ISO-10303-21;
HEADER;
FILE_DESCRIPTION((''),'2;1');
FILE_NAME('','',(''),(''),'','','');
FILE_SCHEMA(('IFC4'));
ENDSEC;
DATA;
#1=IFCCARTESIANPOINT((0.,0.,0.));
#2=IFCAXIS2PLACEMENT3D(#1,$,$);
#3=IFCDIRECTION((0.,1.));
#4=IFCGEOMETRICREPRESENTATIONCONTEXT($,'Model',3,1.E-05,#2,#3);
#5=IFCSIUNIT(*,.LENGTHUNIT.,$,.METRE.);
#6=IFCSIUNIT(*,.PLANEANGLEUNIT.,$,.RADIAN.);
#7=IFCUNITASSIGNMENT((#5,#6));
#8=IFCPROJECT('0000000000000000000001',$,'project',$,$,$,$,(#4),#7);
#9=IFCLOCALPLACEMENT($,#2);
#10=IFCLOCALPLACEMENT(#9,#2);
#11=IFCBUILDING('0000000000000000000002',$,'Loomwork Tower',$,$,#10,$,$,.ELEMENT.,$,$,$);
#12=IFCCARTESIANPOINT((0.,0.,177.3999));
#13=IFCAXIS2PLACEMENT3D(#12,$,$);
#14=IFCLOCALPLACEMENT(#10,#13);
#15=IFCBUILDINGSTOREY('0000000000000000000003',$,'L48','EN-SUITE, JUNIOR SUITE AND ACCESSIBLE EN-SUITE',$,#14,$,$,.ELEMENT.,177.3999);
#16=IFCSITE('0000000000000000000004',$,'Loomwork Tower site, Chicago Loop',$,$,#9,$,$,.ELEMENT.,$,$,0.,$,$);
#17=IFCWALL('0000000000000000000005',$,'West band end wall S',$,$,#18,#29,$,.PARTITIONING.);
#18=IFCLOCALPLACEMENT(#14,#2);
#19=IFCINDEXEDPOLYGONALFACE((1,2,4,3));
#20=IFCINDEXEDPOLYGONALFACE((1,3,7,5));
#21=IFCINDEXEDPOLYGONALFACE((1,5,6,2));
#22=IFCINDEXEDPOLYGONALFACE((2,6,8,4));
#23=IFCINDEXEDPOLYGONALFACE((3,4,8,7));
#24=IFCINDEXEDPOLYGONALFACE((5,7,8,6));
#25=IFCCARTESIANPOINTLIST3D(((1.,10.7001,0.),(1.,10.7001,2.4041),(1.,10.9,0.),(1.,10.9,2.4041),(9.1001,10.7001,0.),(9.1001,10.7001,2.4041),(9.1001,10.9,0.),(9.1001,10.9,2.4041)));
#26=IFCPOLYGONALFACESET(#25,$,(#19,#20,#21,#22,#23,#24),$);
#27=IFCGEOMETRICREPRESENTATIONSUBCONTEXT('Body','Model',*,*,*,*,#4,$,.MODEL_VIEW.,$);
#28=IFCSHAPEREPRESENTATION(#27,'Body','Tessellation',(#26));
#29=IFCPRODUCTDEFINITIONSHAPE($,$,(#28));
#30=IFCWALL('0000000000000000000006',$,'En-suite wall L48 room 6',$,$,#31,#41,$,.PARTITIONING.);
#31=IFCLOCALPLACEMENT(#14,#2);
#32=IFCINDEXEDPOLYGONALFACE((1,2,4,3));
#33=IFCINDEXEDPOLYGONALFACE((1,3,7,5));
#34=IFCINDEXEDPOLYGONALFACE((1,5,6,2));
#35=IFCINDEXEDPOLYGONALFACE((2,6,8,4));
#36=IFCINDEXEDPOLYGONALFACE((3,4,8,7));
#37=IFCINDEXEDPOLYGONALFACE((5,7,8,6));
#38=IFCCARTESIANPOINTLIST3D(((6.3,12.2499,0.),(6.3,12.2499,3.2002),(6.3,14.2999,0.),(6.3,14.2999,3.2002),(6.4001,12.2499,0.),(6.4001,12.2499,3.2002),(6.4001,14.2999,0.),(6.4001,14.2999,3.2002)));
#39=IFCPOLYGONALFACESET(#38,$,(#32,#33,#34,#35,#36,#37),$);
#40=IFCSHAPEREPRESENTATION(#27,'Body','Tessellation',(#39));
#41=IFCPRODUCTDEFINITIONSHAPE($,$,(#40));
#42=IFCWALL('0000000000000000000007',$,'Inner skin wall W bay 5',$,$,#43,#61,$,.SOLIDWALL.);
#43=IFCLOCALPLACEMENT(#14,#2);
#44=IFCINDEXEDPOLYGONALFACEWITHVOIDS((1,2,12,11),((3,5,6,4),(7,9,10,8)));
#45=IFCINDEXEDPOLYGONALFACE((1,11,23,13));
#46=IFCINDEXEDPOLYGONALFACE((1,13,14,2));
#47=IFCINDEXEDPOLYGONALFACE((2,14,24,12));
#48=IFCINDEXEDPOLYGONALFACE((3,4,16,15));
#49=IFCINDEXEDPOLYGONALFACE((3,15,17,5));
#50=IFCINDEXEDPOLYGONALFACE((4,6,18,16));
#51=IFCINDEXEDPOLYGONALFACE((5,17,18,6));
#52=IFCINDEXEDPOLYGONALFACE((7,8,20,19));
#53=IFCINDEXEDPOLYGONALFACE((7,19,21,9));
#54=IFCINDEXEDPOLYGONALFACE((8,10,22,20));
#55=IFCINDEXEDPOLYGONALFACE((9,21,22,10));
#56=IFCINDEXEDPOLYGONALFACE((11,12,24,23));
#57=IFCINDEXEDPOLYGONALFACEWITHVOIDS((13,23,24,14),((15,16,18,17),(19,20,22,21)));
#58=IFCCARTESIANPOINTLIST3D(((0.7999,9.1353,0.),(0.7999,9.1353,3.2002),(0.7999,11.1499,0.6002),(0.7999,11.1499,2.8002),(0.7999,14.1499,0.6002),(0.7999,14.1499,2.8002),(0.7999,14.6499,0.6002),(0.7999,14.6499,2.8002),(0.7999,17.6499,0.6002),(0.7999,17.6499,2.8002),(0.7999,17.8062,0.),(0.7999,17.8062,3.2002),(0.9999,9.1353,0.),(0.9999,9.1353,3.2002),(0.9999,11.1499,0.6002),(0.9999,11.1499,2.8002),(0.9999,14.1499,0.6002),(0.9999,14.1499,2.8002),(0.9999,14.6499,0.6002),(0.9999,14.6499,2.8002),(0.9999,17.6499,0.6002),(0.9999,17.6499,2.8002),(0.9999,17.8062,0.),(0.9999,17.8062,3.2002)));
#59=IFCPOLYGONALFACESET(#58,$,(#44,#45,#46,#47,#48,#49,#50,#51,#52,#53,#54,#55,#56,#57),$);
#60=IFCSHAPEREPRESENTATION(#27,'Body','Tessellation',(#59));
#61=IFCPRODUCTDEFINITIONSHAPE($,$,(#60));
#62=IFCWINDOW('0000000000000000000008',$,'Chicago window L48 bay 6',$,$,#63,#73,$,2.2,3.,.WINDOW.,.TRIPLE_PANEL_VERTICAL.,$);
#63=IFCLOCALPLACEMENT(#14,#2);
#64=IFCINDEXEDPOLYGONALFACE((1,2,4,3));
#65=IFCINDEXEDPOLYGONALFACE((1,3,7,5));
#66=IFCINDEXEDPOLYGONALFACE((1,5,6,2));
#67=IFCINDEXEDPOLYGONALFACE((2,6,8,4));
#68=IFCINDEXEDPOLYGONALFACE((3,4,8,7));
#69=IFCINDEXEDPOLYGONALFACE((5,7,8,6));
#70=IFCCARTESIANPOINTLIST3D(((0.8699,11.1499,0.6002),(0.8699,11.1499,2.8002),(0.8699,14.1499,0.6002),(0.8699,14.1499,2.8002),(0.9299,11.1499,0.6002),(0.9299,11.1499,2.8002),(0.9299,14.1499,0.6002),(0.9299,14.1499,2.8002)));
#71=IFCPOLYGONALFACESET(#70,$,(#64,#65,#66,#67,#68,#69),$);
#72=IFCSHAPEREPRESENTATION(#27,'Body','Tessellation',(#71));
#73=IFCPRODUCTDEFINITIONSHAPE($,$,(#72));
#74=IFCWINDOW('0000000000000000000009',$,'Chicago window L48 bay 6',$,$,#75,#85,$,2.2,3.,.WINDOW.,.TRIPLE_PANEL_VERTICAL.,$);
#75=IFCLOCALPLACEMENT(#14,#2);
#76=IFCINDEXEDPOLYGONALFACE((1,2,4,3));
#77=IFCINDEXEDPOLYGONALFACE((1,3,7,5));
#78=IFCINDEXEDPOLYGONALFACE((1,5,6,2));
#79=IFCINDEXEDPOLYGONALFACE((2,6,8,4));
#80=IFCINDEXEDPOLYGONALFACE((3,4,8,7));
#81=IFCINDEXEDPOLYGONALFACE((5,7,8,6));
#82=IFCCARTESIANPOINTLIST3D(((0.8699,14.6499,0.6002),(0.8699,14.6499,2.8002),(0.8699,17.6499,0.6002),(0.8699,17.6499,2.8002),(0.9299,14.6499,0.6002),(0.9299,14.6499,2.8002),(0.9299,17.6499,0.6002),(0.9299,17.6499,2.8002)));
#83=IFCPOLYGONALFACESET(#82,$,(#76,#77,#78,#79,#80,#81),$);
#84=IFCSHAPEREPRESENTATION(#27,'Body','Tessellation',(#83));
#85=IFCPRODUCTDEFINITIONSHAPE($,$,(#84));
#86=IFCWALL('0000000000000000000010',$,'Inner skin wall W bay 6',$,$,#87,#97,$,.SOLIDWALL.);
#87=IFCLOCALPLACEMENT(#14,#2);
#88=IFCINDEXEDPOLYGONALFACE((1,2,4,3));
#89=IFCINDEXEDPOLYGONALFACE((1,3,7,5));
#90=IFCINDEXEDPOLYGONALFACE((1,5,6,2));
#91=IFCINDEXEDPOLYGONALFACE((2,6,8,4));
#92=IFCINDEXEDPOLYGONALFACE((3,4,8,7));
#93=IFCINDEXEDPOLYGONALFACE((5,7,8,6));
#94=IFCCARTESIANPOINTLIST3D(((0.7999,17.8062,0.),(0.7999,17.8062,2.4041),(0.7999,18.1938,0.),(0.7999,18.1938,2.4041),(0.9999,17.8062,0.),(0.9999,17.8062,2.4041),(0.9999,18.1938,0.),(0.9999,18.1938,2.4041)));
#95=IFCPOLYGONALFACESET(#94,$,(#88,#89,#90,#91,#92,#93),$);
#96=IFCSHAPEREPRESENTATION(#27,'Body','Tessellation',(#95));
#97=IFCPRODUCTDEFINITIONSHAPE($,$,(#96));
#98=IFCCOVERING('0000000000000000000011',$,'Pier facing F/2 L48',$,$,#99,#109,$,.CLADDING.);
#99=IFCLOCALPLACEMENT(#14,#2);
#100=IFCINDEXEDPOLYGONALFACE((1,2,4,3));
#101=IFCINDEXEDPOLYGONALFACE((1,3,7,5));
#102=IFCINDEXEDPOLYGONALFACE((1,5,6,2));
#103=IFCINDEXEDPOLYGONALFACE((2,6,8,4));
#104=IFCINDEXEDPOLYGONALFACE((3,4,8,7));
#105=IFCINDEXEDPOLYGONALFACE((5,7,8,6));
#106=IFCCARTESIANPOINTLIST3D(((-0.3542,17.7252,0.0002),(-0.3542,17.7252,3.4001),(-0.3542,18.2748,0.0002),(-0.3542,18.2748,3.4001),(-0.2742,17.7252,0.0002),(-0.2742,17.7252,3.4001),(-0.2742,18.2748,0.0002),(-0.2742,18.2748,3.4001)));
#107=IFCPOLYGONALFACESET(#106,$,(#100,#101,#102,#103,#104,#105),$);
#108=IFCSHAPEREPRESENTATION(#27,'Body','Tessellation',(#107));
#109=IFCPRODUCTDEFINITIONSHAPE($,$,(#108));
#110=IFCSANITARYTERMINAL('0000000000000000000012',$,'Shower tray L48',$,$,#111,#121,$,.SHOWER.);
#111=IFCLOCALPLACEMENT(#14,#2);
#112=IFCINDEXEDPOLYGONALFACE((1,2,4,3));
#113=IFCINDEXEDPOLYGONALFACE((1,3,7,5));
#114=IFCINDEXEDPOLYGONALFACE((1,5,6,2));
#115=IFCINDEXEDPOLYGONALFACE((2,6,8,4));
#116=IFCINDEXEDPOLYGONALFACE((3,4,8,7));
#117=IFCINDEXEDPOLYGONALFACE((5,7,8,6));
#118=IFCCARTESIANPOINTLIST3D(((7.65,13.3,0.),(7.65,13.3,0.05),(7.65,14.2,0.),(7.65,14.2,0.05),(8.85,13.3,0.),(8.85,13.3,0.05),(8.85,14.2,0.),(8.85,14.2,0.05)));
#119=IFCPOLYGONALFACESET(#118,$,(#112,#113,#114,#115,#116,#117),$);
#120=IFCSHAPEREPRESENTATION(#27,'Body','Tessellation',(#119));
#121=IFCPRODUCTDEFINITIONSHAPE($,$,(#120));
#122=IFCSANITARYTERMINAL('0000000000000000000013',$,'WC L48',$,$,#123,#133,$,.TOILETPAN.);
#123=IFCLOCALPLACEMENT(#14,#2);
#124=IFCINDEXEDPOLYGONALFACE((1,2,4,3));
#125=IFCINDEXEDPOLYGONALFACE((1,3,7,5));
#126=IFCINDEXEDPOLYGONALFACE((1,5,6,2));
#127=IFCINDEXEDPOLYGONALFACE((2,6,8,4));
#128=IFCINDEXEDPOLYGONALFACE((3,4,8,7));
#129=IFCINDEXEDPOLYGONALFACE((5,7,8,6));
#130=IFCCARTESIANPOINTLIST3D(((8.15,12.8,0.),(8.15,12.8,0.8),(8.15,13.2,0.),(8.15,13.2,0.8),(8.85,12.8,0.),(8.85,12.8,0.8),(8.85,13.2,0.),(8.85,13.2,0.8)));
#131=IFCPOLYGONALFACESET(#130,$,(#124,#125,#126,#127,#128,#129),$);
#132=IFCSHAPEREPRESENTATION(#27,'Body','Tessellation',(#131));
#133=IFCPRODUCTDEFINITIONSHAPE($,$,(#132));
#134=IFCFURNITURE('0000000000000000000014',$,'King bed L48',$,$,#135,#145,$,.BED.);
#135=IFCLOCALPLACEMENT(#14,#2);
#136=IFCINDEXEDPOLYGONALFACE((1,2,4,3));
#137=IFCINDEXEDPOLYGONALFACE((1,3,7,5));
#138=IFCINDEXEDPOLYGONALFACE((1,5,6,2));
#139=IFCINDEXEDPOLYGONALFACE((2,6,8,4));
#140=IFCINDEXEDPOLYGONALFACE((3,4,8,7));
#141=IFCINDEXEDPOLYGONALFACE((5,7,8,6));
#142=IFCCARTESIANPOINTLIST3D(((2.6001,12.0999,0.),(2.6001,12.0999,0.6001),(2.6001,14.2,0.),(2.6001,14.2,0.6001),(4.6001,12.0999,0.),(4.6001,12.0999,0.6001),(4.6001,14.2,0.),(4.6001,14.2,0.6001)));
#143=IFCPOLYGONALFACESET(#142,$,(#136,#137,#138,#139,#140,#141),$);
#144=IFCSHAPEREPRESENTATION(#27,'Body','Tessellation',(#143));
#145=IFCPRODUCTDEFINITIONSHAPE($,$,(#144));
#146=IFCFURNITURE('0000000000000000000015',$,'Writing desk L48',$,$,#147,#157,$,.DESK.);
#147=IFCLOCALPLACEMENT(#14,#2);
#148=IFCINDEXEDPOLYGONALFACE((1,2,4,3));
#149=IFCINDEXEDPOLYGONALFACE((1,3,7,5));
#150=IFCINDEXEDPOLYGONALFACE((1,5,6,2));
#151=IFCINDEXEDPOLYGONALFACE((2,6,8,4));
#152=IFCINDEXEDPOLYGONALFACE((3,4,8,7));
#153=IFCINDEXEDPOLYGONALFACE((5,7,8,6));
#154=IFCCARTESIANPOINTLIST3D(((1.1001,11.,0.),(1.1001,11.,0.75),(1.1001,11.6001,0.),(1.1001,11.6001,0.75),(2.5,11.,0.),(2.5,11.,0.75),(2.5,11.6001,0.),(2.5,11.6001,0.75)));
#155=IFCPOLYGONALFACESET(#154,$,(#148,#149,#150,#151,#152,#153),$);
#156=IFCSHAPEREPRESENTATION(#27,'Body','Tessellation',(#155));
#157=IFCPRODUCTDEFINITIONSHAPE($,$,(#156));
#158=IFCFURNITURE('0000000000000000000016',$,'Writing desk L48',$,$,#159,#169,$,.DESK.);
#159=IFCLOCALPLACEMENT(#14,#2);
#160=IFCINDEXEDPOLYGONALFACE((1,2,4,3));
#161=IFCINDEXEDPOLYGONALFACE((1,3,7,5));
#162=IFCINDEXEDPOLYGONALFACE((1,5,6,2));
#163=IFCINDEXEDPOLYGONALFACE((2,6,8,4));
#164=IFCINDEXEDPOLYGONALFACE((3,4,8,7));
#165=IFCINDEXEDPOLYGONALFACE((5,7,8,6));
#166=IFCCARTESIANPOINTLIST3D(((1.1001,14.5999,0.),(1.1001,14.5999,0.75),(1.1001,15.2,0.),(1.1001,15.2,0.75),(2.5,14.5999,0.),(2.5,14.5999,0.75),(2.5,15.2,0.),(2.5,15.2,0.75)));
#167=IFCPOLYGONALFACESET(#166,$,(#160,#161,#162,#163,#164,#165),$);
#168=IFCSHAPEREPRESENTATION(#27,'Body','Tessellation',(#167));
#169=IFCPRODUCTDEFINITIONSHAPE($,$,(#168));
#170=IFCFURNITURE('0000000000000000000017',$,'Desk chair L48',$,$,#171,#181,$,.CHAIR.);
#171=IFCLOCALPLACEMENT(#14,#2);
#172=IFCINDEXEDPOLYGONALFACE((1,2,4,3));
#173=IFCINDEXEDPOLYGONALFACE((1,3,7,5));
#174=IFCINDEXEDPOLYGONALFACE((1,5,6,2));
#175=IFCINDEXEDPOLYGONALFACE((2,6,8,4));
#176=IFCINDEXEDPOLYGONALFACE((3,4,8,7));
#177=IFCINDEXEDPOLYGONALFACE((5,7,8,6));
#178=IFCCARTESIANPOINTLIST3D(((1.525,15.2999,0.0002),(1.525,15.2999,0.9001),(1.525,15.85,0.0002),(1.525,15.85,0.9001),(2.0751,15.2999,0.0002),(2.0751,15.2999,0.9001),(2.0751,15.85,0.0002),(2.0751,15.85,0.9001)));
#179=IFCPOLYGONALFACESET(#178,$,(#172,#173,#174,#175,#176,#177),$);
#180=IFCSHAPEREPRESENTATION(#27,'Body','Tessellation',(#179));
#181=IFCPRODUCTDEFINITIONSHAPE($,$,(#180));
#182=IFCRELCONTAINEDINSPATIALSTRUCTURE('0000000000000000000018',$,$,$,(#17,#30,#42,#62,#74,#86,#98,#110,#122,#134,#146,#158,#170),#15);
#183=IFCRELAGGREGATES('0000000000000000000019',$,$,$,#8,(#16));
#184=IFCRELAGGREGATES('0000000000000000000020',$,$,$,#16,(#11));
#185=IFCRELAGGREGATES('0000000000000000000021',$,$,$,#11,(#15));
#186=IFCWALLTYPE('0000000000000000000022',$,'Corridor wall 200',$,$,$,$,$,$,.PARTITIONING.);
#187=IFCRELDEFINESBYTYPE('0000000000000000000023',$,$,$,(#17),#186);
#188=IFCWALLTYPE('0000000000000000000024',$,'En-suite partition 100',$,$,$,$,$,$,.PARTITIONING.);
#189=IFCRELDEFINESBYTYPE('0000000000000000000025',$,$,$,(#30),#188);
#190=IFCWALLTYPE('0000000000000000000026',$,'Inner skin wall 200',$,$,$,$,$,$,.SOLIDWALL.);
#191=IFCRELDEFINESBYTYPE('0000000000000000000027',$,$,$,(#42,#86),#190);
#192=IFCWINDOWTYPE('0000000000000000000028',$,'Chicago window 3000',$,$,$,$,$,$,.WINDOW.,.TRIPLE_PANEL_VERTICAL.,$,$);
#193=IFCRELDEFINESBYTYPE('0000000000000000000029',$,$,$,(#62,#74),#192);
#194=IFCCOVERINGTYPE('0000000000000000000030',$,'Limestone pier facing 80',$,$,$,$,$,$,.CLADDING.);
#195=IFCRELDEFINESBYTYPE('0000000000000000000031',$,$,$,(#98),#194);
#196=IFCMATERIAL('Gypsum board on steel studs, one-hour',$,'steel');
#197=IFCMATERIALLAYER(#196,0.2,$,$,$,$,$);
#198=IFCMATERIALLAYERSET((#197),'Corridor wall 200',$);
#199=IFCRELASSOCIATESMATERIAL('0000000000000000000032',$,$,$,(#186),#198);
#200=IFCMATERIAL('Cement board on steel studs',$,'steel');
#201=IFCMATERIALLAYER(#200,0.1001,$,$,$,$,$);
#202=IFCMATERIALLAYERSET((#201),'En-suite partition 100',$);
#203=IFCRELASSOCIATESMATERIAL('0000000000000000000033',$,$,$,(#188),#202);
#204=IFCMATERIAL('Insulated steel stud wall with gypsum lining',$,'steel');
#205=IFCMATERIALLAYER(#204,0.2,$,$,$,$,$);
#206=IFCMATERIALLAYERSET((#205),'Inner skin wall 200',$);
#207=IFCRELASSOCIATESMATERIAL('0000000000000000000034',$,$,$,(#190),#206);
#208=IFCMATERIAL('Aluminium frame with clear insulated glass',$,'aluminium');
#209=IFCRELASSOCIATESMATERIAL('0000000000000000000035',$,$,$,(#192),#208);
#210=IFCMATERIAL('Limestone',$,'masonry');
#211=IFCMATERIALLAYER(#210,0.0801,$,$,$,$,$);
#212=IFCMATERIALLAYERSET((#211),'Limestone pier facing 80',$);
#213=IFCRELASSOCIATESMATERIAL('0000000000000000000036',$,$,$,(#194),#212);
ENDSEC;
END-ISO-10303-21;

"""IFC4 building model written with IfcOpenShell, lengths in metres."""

from ifc_helpers import new_model, si_unit, direction, frame, frame_2d, origin, origin_2d, place, context, subcontext, project, spatial, rectangle, extrude, material, layer, layer_set, type_object, element, fill, save


model = new_model("IFC4")

# Units and contexts
model_context = context("Model", 3, precision=1e-05, world=origin(), true_north=direction((0.0, 1.0)))
body_context = subcontext(model_context, "Body", "Model", "MODEL_VIEW")
ifc_project = project(units=[si_unit("LENGTHUNIT", "METRE"), si_unit("PLANEANGLEUNIT", "RADIAN")], contexts=[model_context])

# Site, building, storey
site_placement = place(None, origin())
site = spatial("IfcSite", under=ifc_project, at=site_placement, Name="Loomwork Tower site, Chicago Loop", CompositionType="ELEMENT", RefElevation=0.0)
building_placement = place(site_placement, origin())
building = spatial("IfcBuilding", under=site, at=building_placement, Name="Loomwork Tower", CompositionType="ELEMENT")
storey_placement = place(building_placement, frame((0.0, 0.0, 177.3999)))
storey = spatial("IfcBuildingStorey", under=building, at=storey_placement, Name="L48", Description="EN-SUITE, JUNIOR SUITE AND ACCESSIBLE EN-SUITE", CompositionType="ELEMENT", Elevation=177.3999)

# Walls
ifc_material_1 = material(Name="Gypsum board on steel studs, one-hour", Category="steel")
ifc_layer_1 = layer(ifc_material_1, 0.2)
ifc_layer_set_1 = layer_set([ifc_layer_1], Name="Corridor wall 200")
wall_type_1 = type_object("IfcWallType", Name="Corridor wall 200", PredefinedType="PARTITIONING", material=ifc_layer_set_1)
wall_1_placement = place(storey_placement, frame((1.0, 10.8, 0.0), z_axis=(0.0, 0.0, 1.0), x_axis=(1.0, 0.0, 0.0)))
element("IfcWall", 1, at=wall_1_placement, inside=storey, type_object=wall_type_1, Name="West band end wall S", PredefinedType="PARTITIONING", context=body_context, shape_type="SweptSolid", body=[
    extrude(rectangle(XDim=8.1001, YDim=0.2, at=frame_2d((4.05, 0.0))), origin(), (0.0, 0.0, 1.0), 2.4041),
])
ifc_material_2 = material(Name="Cement board on steel studs", Category="steel")
ifc_layer_2 = layer(ifc_material_2, 0.1001)
ifc_layer_set_2 = layer_set([ifc_layer_2], Name="En-suite partition 100")
wall_type_2 = type_object("IfcWallType", Name="En-suite partition 100", PredefinedType="PARTITIONING", material=ifc_layer_set_2)
wall_2_placement = place(storey_placement, frame((6.3501, 12.25, 0.0), z_axis=(0.0, 0.0, 1.0), x_axis=(0.0, 1.0, 0.0)))
element("IfcWall", 2, at=wall_2_placement, inside=storey, type_object=wall_type_2, Name="En-suite wall L48 room 6", PredefinedType="PARTITIONING", context=body_context, shape_type="SweptSolid", body=[
    extrude(rectangle(XDim=2.05, YDim=0.1001, at=frame_2d((1.0249, 0.0))), origin(), (0.0, 0.0, 1.0), 3.2002),
])

# Wall, openings, windows
ifc_material_3 = material(Name="Insulated steel stud wall with gypsum lining", Category="steel")
ifc_layer_3 = layer(ifc_material_3, 0.2)
ifc_layer_set_3 = layer_set([ifc_layer_3], Name="Inner skin wall 200")
wall_type_3 = type_object("IfcWallType", Name="Inner skin wall 200", PredefinedType="SOLIDWALL", material=ifc_layer_set_3)
wall_3_placement = place(storey_placement, frame((0.8999, 9.1353, 0.0), z_axis=(0.0, 0.0, 1.0), x_axis=(0.0, 1.0, 0.0)))
wall_3 = element("IfcWall", 3, at=wall_3_placement, inside=storey, type_object=wall_type_3, Name="Inner skin wall W bay 5", PredefinedType="SOLIDWALL", context=body_context, shape_type="SweptSolid", body=[
    extrude(rectangle(XDim=8.6709, YDim=0.2, at=frame_2d((4.3354, 0.0))), origin(), (0.0, 0.0, 1.0), 3.2002),
])
opening_1_placement = place(wall_3_placement, frame((2.0146, 0.0, 0.6001)))
opening_1 = element("IfcOpeningElement", 4, at=opening_1_placement, cuts=wall_3, PredefinedType="OPENING", context=body_context, shape_type="SweptSolid", body=[
    extrude(rectangle(XDim=3.0, YDim=2.2, at=frame_2d((1.5, 1.1001))), frame((0.0, 0.1099, 0.0), z_axis=(0.0, -1.0, 0.0), x_axis=(1.0, 0.0, 0.0)), (0.0, 0.0, 1.0), 0.22),
])
opening_2_placement = place(wall_3_placement, frame((5.5146, 0.0, 0.6001)))
opening_2 = element("IfcOpeningElement", 5, at=opening_2_placement, cuts=wall_3, PredefinedType="OPENING", context=body_context, shape_type="SweptSolid", body=[
    extrude(rectangle(XDim=3.0, YDim=2.2, at=frame_2d((1.5, 1.1001))), frame((0.0, 0.1099, 0.0), z_axis=(0.0, -1.0, 0.0), x_axis=(1.0, 0.0, 0.0)), (0.0, 0.0, 1.0), 0.22),
])
ifc_material_4 = material(Name="Aluminium frame with clear insulated glass", Category="aluminium")
window_type = type_object("IfcWindowType", Name="Chicago window 3000", PartitioningType="TRIPLE_PANEL_VERTICAL", PredefinedType="WINDOW", material=ifc_material_4)
window_1_placement = place(opening_1_placement, origin())
window_1 = element("IfcWindow", 6, at=window_1_placement, inside=storey, type_object=window_type, Name="Chicago window L48 bay 6", OverallHeight=2.2, OverallWidth=3.0, PartitioningType="TRIPLE_PANEL_VERTICAL", PredefinedType="WINDOW", context=body_context, shape_type="SweptSolid", body=[
    extrude(rectangle(XDim=3.0, YDim=2.2, at=frame_2d((1.5, 1.1001))), frame((0.0, 0.03, 0.0), z_axis=(0.0, -1.0, 0.0), x_axis=(1.0, 0.0, 0.0)), (0.0, 0.0, 1.0), 0.0601),
])
fill(opening_1, window_1)
window_2_placement = place(opening_2_placement, origin())
window_2 = element("IfcWindow", 7, at=window_2_placement, inside=storey, type_object=window_type, Name="Chicago window L48 bay 6", OverallHeight=2.2, OverallWidth=3.0, PartitioningType="TRIPLE_PANEL_VERTICAL", PredefinedType="WINDOW", context=body_context, shape_type="SweptSolid", body=[
    extrude(rectangle(XDim=3.0, YDim=2.2, at=frame_2d((1.5, 1.1001))), frame((0.0, 0.03, 0.0), z_axis=(0.0, -1.0, 0.0), x_axis=(1.0, 0.0, 0.0)), (0.0, 0.0, 1.0), 0.0601),
])
fill(opening_2, window_2)

# Wall
wall_4_placement = place(storey_placement, frame((0.8999, 17.8062, 0.0), z_axis=(0.0, 0.0, 1.0), x_axis=(0.0, 1.0, 0.0)))
element("IfcWall", 8, at=wall_4_placement, inside=storey, type_object=wall_type_3, Name="Inner skin wall W bay 6", PredefinedType="SOLIDWALL", context=body_context, shape_type="SweptSolid", body=[
    extrude(rectangle(XDim=0.3877, YDim=0.2, at=frame_2d((0.1938, 0.0))), origin(), (0.0, 0.0, 1.0), 2.4041),
])

# Covering
ifc_material_5 = material(Name="Limestone", Category="masonry")
ifc_layer_4 = layer(ifc_material_5, 0.0801)
ifc_layer_set_4 = layer_set([ifc_layer_4], Name="Limestone pier facing 80")
covering_type = type_object("IfcCoveringType", Name="Limestone pier facing 80", PredefinedType="CLADDING", material=ifc_layer_set_4)
covering_placement = place(storey_placement, frame((-0.3142, 18.0, 0.0002), z_axis=(0.0, 0.0, 1.0), x_axis=(1.0, 0.0, 0.0)))
element("IfcCovering", 9, at=covering_placement, inside=storey, type_object=covering_type, Name="Pier facing F/2 L48", PredefinedType="CLADDING", context=body_context, shape_type="SweptSolid", body=[
    extrude(rectangle(XDim=0.0801, YDim=0.5496, at=origin_2d()), origin(), (0.0, 0.0, 1.0), 3.3999),
])

# Sanitary terminals
sanitary_terminal_1_placement = place(storey_placement, frame((8.25, 13.75, 0.0), z_axis=(0.0, 0.0, 1.0), x_axis=(1.0, 0.0, 0.0)))
element("IfcSanitaryTerminal", 10, at=sanitary_terminal_1_placement, inside=storey, Name="Shower tray L48", PredefinedType="SHOWER", context=body_context, shape_type="SweptSolid", body=[
    extrude(rectangle(XDim=1.2, YDim=0.8999, at=origin_2d()), origin(), (0.0, 0.0, 1.0), 0.05),
])
sanitary_terminal_2_placement = place(storey_placement, frame((8.5, 13.0, 0.0), z_axis=(0.0, 0.0, 1.0), x_axis=(1.0, 0.0, 0.0)))
element("IfcSanitaryTerminal", 11, at=sanitary_terminal_2_placement, inside=storey, Name="WC L48", PredefinedType="TOILETPAN", context=body_context, shape_type="SweptSolid", body=[
    extrude(rectangle(XDim=0.7, YDim=0.3999, at=origin_2d()), origin(), (0.0, 0.0, 1.0), 0.8),
])

# Furniture
furniture_1_placement = place(storey_placement, frame((3.6001, 13.1499, 0.0), z_axis=(0.0, 0.0, 1.0), x_axis=(1.0, 0.0, 0.0)))
element("IfcFurniture", 12, at=furniture_1_placement, inside=storey, Name="King bed L48", PredefinedType="BED", context=body_context, shape_type="SweptSolid", body=[
    extrude(rectangle(XDim=2.0, YDim=2.1001, at=origin_2d()), origin(), (0.0, 0.0, 1.0), 0.6001),
])
for number, where, z_axis, x_axis, name in (
    (13, (1.8, 11.3, 0.0), (0.0, 0.0, 1.0), (1.0, 0.0, 0.0), "Writing desk L48"),
    (14, (1.8, 14.8999, 0.0), (0.0, 0.0, 1.0), (1.0, 0.0, 0.0), "Writing desk L48"),
):
    element("IfcFurniture", number, at=place(storey_placement, frame(where, z_axis=z_axis, x_axis=x_axis)), inside=storey, Name=name, PredefinedType="DESK", context=body_context, shape_type="SweptSolid", body=[
        extrude(rectangle(XDim=1.3999, YDim=0.6001, at=origin_2d()), origin(), (0.0, 0.0, 1.0), 0.75),
    ])
furniture_2_placement = place(storey_placement, frame((1.8, 15.575, 0.0002), z_axis=(0.0, 0.0, 1.0), x_axis=(1.0, 0.0, 0.0)))
element("IfcFurniture", 15, at=furniture_2_placement, inside=storey, Name="Desk chair L48", PredefinedType="CHAIR", context=body_context, shape_type="SweptSolid", body=[
    extrude(rectangle(XDim=0.55, YDim=0.55, at=origin_2d()), origin(), (0.0, 0.0, 1.0), 0.8999),
])

save(model, "model.ifc")
